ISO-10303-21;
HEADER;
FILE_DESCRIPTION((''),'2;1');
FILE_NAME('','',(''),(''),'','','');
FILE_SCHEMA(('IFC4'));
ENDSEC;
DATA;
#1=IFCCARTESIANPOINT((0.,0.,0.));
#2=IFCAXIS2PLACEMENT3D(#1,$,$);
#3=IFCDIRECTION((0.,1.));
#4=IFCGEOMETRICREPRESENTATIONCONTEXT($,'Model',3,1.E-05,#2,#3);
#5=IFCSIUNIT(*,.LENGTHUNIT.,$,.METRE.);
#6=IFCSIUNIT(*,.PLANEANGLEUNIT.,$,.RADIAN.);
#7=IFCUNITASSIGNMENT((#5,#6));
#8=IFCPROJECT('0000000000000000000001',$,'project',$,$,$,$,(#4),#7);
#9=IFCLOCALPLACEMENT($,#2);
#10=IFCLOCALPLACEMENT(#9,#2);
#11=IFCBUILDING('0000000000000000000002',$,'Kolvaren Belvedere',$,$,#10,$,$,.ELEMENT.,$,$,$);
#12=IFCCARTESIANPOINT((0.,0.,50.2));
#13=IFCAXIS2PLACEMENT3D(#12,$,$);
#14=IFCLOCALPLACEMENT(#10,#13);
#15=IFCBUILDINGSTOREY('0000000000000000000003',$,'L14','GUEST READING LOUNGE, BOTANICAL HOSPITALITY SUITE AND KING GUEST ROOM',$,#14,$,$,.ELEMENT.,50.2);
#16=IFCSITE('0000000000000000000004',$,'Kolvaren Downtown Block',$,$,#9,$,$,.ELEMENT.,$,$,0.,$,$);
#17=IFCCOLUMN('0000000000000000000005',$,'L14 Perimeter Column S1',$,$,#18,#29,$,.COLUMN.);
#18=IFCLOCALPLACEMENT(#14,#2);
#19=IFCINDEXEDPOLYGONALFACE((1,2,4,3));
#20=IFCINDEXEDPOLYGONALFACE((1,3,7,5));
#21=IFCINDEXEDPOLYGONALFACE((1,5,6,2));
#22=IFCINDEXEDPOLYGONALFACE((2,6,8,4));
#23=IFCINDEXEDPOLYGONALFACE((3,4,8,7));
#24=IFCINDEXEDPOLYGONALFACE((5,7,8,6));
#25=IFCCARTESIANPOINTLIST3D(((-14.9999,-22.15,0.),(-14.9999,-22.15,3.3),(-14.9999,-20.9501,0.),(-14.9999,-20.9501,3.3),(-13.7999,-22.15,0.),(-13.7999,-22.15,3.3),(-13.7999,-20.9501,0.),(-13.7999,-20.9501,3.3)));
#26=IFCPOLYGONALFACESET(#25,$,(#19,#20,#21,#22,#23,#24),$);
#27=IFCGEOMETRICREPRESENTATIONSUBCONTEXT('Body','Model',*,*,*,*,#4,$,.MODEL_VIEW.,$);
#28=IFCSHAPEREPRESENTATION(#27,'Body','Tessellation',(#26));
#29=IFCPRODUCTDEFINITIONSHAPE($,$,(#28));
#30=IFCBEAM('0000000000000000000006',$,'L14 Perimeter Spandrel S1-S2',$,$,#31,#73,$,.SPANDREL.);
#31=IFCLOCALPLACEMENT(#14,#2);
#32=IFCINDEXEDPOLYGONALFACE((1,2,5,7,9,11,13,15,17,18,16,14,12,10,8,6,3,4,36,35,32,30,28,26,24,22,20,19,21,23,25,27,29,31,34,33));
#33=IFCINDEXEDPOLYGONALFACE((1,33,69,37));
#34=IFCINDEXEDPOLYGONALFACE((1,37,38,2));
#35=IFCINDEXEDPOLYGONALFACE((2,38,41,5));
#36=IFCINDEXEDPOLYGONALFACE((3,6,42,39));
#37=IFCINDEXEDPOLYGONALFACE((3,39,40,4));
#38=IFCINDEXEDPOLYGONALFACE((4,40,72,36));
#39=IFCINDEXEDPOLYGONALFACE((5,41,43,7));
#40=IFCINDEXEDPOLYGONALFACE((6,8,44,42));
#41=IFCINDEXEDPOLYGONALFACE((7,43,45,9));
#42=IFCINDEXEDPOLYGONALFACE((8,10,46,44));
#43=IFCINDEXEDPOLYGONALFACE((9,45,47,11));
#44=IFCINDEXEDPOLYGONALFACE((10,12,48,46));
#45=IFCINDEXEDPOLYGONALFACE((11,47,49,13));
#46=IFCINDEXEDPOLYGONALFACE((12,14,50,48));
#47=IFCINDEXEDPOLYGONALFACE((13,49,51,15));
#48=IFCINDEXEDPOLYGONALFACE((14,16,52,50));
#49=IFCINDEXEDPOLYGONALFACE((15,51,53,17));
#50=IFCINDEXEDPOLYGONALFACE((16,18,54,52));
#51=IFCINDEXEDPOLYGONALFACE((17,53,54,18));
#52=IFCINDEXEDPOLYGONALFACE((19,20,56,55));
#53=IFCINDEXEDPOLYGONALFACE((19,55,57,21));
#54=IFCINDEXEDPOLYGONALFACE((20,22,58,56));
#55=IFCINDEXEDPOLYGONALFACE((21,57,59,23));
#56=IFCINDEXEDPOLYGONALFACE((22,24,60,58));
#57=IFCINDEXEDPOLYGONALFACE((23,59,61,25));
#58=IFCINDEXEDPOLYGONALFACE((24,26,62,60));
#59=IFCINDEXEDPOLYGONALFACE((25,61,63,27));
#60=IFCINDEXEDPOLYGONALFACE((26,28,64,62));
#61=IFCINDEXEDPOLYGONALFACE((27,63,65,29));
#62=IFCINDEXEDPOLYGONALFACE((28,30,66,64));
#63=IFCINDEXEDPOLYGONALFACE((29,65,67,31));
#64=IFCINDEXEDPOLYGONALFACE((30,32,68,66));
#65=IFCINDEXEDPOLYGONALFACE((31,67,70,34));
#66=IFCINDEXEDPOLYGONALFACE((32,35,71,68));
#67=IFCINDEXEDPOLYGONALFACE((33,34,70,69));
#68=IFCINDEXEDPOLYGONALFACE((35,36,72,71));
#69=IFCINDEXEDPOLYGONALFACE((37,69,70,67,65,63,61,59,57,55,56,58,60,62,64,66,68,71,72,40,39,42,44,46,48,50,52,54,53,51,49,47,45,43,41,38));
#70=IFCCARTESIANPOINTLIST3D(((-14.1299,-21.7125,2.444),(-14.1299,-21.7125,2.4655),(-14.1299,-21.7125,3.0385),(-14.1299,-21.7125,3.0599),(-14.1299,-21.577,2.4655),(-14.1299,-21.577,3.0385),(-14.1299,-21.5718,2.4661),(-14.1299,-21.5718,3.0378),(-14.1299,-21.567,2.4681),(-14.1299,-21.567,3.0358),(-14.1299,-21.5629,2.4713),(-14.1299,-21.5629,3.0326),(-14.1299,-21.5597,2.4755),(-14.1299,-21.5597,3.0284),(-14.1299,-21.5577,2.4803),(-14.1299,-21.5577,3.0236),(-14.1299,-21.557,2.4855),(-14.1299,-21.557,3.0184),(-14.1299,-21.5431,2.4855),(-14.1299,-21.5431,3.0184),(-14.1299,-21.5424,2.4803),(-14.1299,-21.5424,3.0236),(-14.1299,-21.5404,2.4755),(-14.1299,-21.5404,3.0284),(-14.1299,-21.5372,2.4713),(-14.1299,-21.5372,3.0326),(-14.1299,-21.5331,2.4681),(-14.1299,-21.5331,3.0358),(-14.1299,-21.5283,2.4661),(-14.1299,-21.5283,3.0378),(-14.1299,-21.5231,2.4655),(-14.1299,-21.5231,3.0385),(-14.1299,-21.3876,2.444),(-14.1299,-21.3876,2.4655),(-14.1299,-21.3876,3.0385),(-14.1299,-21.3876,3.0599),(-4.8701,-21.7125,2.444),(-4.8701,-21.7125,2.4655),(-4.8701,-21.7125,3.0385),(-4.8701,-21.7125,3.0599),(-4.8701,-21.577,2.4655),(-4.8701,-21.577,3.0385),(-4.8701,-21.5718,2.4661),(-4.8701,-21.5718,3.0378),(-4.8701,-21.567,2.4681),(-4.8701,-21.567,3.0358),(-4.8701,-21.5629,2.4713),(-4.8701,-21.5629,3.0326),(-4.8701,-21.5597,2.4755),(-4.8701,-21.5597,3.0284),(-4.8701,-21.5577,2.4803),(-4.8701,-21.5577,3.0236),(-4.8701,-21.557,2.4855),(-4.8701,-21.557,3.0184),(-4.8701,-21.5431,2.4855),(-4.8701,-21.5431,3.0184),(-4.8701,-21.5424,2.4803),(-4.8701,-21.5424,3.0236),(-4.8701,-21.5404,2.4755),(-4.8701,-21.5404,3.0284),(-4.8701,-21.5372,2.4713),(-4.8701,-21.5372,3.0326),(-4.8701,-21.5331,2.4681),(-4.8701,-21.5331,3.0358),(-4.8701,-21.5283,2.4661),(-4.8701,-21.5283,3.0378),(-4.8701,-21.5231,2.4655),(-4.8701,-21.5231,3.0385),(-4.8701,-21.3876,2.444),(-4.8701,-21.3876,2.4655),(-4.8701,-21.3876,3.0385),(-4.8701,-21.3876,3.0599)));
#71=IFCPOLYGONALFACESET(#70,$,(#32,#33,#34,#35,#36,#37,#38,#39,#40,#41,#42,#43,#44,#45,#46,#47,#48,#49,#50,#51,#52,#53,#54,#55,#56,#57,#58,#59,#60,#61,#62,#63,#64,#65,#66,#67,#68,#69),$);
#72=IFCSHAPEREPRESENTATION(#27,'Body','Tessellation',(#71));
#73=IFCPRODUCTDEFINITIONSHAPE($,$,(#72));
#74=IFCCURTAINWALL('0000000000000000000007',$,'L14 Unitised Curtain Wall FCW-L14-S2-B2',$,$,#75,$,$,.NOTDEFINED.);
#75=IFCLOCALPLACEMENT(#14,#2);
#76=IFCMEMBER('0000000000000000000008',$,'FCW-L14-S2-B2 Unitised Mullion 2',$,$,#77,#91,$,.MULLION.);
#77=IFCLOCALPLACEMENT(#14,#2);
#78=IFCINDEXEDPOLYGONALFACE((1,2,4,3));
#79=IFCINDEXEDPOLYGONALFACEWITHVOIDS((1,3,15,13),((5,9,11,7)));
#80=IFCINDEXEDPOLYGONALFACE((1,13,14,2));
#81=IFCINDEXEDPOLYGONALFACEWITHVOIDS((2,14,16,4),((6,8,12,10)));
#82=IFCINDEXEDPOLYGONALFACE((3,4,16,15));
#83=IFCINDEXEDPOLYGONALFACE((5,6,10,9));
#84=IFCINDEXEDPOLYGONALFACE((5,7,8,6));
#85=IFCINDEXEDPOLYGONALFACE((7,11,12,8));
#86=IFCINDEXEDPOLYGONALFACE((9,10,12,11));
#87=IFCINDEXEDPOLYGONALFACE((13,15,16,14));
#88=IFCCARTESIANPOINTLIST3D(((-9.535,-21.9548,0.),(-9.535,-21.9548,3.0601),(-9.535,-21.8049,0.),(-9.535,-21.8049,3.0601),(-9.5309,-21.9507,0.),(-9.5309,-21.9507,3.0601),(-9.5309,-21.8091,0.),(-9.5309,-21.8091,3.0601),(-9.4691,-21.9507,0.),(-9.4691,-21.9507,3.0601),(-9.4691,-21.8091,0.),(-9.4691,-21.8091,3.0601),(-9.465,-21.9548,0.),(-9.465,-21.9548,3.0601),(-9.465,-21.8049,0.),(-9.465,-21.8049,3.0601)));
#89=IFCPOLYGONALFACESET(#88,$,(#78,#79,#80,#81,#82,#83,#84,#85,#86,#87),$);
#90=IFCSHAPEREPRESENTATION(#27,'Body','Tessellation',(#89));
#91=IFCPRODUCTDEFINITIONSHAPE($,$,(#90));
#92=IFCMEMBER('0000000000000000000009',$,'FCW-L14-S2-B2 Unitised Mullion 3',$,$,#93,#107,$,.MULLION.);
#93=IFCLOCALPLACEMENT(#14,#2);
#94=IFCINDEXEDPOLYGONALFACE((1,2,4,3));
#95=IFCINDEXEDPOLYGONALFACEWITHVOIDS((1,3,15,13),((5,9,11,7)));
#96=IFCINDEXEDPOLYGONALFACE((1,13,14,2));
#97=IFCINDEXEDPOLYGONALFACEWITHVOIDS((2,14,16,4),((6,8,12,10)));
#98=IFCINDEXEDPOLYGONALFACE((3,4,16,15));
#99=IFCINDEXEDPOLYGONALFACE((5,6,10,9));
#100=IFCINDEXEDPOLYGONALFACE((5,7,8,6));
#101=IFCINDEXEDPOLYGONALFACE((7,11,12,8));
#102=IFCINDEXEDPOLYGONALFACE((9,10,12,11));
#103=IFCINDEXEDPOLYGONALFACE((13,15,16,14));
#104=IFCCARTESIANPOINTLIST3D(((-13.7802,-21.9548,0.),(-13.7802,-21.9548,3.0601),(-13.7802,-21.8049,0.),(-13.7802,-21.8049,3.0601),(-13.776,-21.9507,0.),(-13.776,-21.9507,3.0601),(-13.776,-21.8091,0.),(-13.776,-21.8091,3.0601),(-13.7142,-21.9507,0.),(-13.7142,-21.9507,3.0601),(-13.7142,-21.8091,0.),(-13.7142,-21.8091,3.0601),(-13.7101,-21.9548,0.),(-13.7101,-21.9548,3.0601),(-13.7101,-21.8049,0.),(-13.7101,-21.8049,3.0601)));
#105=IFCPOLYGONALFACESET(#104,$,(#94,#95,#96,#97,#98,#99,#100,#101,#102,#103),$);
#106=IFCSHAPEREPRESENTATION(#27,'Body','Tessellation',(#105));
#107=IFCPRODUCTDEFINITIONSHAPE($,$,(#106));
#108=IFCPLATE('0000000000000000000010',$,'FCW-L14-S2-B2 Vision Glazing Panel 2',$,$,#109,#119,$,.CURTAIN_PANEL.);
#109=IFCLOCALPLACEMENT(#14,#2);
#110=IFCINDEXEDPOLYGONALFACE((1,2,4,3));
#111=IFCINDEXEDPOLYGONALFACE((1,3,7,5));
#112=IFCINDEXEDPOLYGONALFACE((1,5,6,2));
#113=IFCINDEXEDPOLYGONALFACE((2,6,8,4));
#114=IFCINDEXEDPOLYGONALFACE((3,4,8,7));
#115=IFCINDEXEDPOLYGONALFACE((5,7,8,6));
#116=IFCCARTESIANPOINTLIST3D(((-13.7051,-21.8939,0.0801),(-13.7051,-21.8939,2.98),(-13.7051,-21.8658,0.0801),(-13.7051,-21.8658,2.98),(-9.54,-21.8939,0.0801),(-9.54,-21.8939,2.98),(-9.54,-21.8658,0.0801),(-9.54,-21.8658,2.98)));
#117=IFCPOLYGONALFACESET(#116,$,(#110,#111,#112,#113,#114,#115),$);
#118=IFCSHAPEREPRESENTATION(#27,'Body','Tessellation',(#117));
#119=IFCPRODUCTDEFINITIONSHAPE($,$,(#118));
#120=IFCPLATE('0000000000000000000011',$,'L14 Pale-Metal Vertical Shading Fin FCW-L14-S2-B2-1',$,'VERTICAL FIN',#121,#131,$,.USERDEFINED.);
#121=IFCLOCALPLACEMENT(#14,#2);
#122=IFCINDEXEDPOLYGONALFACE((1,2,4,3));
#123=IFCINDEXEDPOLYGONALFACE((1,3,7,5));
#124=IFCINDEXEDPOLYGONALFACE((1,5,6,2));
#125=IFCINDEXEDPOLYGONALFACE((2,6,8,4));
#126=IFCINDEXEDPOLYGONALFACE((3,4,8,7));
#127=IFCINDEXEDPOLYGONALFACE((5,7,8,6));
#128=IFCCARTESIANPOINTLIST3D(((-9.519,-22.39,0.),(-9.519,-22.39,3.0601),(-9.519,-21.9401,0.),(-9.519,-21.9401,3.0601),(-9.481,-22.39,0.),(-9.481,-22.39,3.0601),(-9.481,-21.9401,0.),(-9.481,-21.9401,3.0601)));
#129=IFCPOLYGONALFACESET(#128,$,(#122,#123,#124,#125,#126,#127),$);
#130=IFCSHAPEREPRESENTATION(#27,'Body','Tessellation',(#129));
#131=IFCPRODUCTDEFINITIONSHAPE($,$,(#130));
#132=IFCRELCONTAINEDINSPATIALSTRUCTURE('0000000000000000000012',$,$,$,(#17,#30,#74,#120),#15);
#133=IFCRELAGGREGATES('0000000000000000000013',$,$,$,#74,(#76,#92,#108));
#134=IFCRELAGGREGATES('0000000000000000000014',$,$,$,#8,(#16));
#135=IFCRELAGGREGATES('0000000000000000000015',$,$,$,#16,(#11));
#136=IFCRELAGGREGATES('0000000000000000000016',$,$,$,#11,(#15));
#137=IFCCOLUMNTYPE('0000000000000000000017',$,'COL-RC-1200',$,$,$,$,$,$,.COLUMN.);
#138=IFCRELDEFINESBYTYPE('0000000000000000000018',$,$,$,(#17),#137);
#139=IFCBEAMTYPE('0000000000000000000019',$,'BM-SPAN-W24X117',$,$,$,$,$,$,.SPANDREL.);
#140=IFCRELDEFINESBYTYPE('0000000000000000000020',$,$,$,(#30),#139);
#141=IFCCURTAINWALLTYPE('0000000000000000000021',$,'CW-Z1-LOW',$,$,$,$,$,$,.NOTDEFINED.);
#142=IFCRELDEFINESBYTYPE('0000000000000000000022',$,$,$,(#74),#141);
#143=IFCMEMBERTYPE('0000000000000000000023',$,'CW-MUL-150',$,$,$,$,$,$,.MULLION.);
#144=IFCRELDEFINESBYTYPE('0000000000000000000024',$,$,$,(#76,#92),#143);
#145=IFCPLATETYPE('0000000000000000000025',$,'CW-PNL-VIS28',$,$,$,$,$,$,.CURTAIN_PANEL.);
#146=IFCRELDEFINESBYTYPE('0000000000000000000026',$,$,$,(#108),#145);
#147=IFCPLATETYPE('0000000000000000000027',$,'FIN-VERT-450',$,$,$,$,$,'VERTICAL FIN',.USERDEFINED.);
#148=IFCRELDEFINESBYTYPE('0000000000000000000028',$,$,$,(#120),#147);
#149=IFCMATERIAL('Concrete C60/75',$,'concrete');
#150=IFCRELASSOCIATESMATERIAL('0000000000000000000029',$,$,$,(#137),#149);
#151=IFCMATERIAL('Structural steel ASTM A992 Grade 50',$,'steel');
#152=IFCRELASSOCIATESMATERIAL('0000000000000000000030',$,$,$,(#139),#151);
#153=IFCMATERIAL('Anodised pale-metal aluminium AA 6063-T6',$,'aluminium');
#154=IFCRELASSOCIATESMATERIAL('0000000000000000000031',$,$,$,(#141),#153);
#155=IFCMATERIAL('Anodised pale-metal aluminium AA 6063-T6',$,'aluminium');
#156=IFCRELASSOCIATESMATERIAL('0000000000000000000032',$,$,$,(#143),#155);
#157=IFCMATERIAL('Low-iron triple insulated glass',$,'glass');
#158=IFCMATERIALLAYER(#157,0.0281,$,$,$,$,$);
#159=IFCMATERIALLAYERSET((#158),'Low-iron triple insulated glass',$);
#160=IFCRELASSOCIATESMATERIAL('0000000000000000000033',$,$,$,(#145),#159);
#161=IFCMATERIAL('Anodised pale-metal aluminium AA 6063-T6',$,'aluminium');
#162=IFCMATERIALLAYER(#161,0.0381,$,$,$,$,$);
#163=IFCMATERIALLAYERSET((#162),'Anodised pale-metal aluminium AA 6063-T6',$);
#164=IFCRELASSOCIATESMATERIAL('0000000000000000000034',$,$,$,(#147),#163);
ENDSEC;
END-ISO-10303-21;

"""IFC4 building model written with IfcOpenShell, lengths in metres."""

from ifc_helpers import new_model, si_unit, direction, frame, origin, origin_2d, place, context, subcontext, project, spatial, rectangle, hollow_rectangle, i_section, extrude, material, layer, layer_set, material_profile, profile_set, type_object, element, aggregate, save


model = new_model("IFC4")

# Units and contexts
model_context = context("Model", 3, precision=1e-05, world=origin(), true_north=direction((0.0, 1.0)))
body_context = subcontext(model_context, "Body", "Model", "MODEL_VIEW")
ifc_project = project(units=[si_unit("LENGTHUNIT", "METRE"), si_unit("PLANEANGLEUNIT", "RADIAN")], contexts=[model_context])

# Site, building, storey
site_placement = place(None, origin())
site = spatial("IfcSite", under=ifc_project, at=site_placement, Name="Kolvaren Downtown Block", CompositionType="ELEMENT", RefElevation=0.0)
building_placement = place(site_placement, origin())
building = spatial("IfcBuilding", under=site, at=building_placement, Name="Kolvaren Belvedere", CompositionType="ELEMENT")
storey_placement = place(building_placement, frame((0.0, 0.0, 50.2)))
storey = spatial("IfcBuildingStorey", under=building, at=storey_placement, Name="L14", Description="GUEST READING LOUNGE, BOTANICAL HOSPITALITY SUITE AND KING GUEST ROOM", CompositionType="ELEMENT", Elevation=50.2)

# Column
ifc_material_1 = material(Name="Concrete C60/75", Category="concrete")
ifc_material_profile_1 = material_profile(ifc_material_1, rectangle(XDim=1.2, YDim=1.2, at=origin_2d()), Name="RC 1200X1200")
ifc_profile_set_1 = profile_set([ifc_material_profile_1], Name="Concrete C60/75")
column_type = type_object("IfcColumnType", Name="COL-RC-1200", PredefinedType="COLUMN", material=ifc_profile_set_1)
column_placement = place(storey_placement, frame((-14.3999, -21.55, 0.0), z_axis=(0.0, 0.0, 1.0), x_axis=(1.0, 0.0, 0.0)))
element("IfcColumn", 1, at=column_placement, inside=storey, type_object=column_type, Name="L14 Perimeter Column S1", PredefinedType="COLUMN", context=body_context, shape_type="SweptSolid", body=[
    extrude(rectangle(XDim=1.2, YDim=1.2, at=origin_2d()), origin(), (0.0, 0.0, 1.0), 3.3),
])

# Beam
ifc_material_2 = material(Name="Structural steel ASTM A992 Grade 50", Category="steel")
ifc_material_profile_2 = material_profile(ifc_material_2, i_section(OverallWidth=0.325, OverallDepth=0.616, WebThickness=0.0139, FlangeThickness=0.0215, FilletRadius=0.02, at=origin_2d()), Name="W24X117")
ifc_profile_set_2 = profile_set([ifc_material_profile_2], Name="Structural steel ASTM A992 Grade 50")
beam_type = type_object("IfcBeamType", Name="BM-SPAN-W24X117", PredefinedType="SPANDREL", material=ifc_profile_set_2)
beam_placement = place(storey_placement, frame((-14.1299, -21.55, 2.752), z_axis=(1.0, 0.0, 0.0), x_axis=(0.0, 1.0, 0.0)))
element("IfcBeam", 2, at=beam_placement, inside=storey, type_object=beam_type, Name="L14 Perimeter Spandrel S1-S2", PredefinedType="SPANDREL", context=body_context, shape_type="SweptSolid", body=[
    extrude(i_section(OverallWidth=0.325, OverallDepth=0.616, WebThickness=0.0139, FlangeThickness=0.0215, FilletRadius=0.02, at=origin_2d()), origin(), (0.0, 0.0, 1.0), 9.2598),
])

# Curtain wall, members, plate
ifc_material_3 = material(Name="Anodised pale-metal aluminium AA 6063-T6", Category="aluminium")
curtain_wall_type = type_object("IfcCurtainWallType", Name="CW-Z1-LOW", PredefinedType="NOTDEFINED", material=ifc_material_3)
curtain_wall_placement = place(storey_placement, origin())
curtain_wall = element("IfcCurtainWall", 3, at=curtain_wall_placement, inside=storey, type_object=curtain_wall_type, Name="L14 Unitised Curtain Wall FCW-L14-S2-B2", PredefinedType="NOTDEFINED")
ifc_material_4 = material(Name="Anodised pale-metal aluminium AA 6063-T6", Category="aluminium")
ifc_material_profile_3 = material_profile(ifc_material_4, hollow_rectangle(XDim=0.0701, YDim=0.1499, WallThickness=0.0042, at=origin_2d()), Name="ALU-MUL-150X70")
ifc_profile_set_3 = profile_set([ifc_material_profile_3], Name="Anodised pale-metal aluminium AA 6063-T6")
member_type = type_object("IfcMemberType", Name="CW-MUL-150", PredefinedType="MULLION", material=ifc_profile_set_3)
member_1_placement = place(storey_placement, frame((-9.5, -21.8799, 0.0), z_axis=(0.0, 0.0, 1.0), x_axis=(1.0, 0.0, 0.0)))
member_1 = element("IfcMember", 4, at=member_1_placement, type_object=member_type, Name="FCW-L14-S2-B2 Unitised Mullion 2", PredefinedType="MULLION", context=body_context, shape_type="SweptSolid", body=[
    extrude(hollow_rectangle(XDim=0.0701, YDim=0.1499, WallThickness=0.0042, at=origin_2d()), origin(), (0.0, 0.0, 1.0), 3.0601),
])
member_2_placement = place(storey_placement, frame((-13.7451, -21.8799, 0.0), z_axis=(0.0, 0.0, 1.0), x_axis=(1.0, 0.0, 0.0)))
member_2 = element("IfcMember", 5, at=member_2_placement, type_object=member_type, Name="FCW-L14-S2-B2 Unitised Mullion 3", PredefinedType="MULLION", context=body_context, shape_type="SweptSolid", body=[
    extrude(hollow_rectangle(XDim=0.0701, YDim=0.1499, WallThickness=0.0042, at=origin_2d()), origin(), (0.0, 0.0, 1.0), 3.0601),
])
ifc_material_5 = material(Name="Low-iron triple insulated glass", Category="glass")
ifc_layer_1 = layer(ifc_material_5, 0.0281)
ifc_layer_set_1 = layer_set([ifc_layer_1], Name="Low-iron triple insulated glass")
plate_type_1 = type_object("IfcPlateType", Name="CW-PNL-VIS28", PredefinedType="CURTAIN_PANEL", material=ifc_layer_set_1)
plate_1_placement = place(storey_placement, frame((-11.6226, -21.8799, 0.0801), z_axis=(0.0, 0.0, 1.0), x_axis=(-1.0, 0.0, 0.0)))
plate_1 = element("IfcPlate", 6, at=plate_1_placement, type_object=plate_type_1, Name="FCW-L14-S2-B2 Vision Glazing Panel 2", PredefinedType="CURTAIN_PANEL", context=body_context, shape_type="SweptSolid", body=[
    extrude(rectangle(XDim=4.165, YDim=0.0281, at=origin_2d()), origin(), (0.0, 0.0, 1.0), 2.8999),
])
aggregate(curtain_wall, [member_1, member_2, plate_1])

# Plate
ifc_material_6 = material(Name="Anodised pale-metal aluminium AA 6063-T6", Category="aluminium")
ifc_layer_2 = layer(ifc_material_6, 0.0381)
ifc_layer_set_2 = layer_set([ifc_layer_2], Name="Anodised pale-metal aluminium AA 6063-T6")
plate_type_2 = type_object("IfcPlateType", Name="FIN-VERT-450", ElementType="VERTICAL FIN", PredefinedType="USERDEFINED", material=ifc_layer_set_2)
plate_2_placement = place(storey_placement, frame((-9.5, -22.165, 0.0), z_axis=(0.0, 0.0, 1.0), x_axis=(0.0, 1.0, 0.0)))
element("IfcPlate", 7, at=plate_2_placement, inside=storey, type_object=plate_type_2, Name="L14 Pale-Metal Vertical Shading Fin FCW-L14-S2-B2-1", ObjectType="VERTICAL FIN", PredefinedType="USERDEFINED", context=body_context, shape_type="SweptSolid", body=[
    extrude(rectangle(XDim=0.45, YDim=0.0381, at=origin_2d()), origin(), (0.0, 0.0, 1.0), 3.0601),
])

save(model, "model.ifc")
